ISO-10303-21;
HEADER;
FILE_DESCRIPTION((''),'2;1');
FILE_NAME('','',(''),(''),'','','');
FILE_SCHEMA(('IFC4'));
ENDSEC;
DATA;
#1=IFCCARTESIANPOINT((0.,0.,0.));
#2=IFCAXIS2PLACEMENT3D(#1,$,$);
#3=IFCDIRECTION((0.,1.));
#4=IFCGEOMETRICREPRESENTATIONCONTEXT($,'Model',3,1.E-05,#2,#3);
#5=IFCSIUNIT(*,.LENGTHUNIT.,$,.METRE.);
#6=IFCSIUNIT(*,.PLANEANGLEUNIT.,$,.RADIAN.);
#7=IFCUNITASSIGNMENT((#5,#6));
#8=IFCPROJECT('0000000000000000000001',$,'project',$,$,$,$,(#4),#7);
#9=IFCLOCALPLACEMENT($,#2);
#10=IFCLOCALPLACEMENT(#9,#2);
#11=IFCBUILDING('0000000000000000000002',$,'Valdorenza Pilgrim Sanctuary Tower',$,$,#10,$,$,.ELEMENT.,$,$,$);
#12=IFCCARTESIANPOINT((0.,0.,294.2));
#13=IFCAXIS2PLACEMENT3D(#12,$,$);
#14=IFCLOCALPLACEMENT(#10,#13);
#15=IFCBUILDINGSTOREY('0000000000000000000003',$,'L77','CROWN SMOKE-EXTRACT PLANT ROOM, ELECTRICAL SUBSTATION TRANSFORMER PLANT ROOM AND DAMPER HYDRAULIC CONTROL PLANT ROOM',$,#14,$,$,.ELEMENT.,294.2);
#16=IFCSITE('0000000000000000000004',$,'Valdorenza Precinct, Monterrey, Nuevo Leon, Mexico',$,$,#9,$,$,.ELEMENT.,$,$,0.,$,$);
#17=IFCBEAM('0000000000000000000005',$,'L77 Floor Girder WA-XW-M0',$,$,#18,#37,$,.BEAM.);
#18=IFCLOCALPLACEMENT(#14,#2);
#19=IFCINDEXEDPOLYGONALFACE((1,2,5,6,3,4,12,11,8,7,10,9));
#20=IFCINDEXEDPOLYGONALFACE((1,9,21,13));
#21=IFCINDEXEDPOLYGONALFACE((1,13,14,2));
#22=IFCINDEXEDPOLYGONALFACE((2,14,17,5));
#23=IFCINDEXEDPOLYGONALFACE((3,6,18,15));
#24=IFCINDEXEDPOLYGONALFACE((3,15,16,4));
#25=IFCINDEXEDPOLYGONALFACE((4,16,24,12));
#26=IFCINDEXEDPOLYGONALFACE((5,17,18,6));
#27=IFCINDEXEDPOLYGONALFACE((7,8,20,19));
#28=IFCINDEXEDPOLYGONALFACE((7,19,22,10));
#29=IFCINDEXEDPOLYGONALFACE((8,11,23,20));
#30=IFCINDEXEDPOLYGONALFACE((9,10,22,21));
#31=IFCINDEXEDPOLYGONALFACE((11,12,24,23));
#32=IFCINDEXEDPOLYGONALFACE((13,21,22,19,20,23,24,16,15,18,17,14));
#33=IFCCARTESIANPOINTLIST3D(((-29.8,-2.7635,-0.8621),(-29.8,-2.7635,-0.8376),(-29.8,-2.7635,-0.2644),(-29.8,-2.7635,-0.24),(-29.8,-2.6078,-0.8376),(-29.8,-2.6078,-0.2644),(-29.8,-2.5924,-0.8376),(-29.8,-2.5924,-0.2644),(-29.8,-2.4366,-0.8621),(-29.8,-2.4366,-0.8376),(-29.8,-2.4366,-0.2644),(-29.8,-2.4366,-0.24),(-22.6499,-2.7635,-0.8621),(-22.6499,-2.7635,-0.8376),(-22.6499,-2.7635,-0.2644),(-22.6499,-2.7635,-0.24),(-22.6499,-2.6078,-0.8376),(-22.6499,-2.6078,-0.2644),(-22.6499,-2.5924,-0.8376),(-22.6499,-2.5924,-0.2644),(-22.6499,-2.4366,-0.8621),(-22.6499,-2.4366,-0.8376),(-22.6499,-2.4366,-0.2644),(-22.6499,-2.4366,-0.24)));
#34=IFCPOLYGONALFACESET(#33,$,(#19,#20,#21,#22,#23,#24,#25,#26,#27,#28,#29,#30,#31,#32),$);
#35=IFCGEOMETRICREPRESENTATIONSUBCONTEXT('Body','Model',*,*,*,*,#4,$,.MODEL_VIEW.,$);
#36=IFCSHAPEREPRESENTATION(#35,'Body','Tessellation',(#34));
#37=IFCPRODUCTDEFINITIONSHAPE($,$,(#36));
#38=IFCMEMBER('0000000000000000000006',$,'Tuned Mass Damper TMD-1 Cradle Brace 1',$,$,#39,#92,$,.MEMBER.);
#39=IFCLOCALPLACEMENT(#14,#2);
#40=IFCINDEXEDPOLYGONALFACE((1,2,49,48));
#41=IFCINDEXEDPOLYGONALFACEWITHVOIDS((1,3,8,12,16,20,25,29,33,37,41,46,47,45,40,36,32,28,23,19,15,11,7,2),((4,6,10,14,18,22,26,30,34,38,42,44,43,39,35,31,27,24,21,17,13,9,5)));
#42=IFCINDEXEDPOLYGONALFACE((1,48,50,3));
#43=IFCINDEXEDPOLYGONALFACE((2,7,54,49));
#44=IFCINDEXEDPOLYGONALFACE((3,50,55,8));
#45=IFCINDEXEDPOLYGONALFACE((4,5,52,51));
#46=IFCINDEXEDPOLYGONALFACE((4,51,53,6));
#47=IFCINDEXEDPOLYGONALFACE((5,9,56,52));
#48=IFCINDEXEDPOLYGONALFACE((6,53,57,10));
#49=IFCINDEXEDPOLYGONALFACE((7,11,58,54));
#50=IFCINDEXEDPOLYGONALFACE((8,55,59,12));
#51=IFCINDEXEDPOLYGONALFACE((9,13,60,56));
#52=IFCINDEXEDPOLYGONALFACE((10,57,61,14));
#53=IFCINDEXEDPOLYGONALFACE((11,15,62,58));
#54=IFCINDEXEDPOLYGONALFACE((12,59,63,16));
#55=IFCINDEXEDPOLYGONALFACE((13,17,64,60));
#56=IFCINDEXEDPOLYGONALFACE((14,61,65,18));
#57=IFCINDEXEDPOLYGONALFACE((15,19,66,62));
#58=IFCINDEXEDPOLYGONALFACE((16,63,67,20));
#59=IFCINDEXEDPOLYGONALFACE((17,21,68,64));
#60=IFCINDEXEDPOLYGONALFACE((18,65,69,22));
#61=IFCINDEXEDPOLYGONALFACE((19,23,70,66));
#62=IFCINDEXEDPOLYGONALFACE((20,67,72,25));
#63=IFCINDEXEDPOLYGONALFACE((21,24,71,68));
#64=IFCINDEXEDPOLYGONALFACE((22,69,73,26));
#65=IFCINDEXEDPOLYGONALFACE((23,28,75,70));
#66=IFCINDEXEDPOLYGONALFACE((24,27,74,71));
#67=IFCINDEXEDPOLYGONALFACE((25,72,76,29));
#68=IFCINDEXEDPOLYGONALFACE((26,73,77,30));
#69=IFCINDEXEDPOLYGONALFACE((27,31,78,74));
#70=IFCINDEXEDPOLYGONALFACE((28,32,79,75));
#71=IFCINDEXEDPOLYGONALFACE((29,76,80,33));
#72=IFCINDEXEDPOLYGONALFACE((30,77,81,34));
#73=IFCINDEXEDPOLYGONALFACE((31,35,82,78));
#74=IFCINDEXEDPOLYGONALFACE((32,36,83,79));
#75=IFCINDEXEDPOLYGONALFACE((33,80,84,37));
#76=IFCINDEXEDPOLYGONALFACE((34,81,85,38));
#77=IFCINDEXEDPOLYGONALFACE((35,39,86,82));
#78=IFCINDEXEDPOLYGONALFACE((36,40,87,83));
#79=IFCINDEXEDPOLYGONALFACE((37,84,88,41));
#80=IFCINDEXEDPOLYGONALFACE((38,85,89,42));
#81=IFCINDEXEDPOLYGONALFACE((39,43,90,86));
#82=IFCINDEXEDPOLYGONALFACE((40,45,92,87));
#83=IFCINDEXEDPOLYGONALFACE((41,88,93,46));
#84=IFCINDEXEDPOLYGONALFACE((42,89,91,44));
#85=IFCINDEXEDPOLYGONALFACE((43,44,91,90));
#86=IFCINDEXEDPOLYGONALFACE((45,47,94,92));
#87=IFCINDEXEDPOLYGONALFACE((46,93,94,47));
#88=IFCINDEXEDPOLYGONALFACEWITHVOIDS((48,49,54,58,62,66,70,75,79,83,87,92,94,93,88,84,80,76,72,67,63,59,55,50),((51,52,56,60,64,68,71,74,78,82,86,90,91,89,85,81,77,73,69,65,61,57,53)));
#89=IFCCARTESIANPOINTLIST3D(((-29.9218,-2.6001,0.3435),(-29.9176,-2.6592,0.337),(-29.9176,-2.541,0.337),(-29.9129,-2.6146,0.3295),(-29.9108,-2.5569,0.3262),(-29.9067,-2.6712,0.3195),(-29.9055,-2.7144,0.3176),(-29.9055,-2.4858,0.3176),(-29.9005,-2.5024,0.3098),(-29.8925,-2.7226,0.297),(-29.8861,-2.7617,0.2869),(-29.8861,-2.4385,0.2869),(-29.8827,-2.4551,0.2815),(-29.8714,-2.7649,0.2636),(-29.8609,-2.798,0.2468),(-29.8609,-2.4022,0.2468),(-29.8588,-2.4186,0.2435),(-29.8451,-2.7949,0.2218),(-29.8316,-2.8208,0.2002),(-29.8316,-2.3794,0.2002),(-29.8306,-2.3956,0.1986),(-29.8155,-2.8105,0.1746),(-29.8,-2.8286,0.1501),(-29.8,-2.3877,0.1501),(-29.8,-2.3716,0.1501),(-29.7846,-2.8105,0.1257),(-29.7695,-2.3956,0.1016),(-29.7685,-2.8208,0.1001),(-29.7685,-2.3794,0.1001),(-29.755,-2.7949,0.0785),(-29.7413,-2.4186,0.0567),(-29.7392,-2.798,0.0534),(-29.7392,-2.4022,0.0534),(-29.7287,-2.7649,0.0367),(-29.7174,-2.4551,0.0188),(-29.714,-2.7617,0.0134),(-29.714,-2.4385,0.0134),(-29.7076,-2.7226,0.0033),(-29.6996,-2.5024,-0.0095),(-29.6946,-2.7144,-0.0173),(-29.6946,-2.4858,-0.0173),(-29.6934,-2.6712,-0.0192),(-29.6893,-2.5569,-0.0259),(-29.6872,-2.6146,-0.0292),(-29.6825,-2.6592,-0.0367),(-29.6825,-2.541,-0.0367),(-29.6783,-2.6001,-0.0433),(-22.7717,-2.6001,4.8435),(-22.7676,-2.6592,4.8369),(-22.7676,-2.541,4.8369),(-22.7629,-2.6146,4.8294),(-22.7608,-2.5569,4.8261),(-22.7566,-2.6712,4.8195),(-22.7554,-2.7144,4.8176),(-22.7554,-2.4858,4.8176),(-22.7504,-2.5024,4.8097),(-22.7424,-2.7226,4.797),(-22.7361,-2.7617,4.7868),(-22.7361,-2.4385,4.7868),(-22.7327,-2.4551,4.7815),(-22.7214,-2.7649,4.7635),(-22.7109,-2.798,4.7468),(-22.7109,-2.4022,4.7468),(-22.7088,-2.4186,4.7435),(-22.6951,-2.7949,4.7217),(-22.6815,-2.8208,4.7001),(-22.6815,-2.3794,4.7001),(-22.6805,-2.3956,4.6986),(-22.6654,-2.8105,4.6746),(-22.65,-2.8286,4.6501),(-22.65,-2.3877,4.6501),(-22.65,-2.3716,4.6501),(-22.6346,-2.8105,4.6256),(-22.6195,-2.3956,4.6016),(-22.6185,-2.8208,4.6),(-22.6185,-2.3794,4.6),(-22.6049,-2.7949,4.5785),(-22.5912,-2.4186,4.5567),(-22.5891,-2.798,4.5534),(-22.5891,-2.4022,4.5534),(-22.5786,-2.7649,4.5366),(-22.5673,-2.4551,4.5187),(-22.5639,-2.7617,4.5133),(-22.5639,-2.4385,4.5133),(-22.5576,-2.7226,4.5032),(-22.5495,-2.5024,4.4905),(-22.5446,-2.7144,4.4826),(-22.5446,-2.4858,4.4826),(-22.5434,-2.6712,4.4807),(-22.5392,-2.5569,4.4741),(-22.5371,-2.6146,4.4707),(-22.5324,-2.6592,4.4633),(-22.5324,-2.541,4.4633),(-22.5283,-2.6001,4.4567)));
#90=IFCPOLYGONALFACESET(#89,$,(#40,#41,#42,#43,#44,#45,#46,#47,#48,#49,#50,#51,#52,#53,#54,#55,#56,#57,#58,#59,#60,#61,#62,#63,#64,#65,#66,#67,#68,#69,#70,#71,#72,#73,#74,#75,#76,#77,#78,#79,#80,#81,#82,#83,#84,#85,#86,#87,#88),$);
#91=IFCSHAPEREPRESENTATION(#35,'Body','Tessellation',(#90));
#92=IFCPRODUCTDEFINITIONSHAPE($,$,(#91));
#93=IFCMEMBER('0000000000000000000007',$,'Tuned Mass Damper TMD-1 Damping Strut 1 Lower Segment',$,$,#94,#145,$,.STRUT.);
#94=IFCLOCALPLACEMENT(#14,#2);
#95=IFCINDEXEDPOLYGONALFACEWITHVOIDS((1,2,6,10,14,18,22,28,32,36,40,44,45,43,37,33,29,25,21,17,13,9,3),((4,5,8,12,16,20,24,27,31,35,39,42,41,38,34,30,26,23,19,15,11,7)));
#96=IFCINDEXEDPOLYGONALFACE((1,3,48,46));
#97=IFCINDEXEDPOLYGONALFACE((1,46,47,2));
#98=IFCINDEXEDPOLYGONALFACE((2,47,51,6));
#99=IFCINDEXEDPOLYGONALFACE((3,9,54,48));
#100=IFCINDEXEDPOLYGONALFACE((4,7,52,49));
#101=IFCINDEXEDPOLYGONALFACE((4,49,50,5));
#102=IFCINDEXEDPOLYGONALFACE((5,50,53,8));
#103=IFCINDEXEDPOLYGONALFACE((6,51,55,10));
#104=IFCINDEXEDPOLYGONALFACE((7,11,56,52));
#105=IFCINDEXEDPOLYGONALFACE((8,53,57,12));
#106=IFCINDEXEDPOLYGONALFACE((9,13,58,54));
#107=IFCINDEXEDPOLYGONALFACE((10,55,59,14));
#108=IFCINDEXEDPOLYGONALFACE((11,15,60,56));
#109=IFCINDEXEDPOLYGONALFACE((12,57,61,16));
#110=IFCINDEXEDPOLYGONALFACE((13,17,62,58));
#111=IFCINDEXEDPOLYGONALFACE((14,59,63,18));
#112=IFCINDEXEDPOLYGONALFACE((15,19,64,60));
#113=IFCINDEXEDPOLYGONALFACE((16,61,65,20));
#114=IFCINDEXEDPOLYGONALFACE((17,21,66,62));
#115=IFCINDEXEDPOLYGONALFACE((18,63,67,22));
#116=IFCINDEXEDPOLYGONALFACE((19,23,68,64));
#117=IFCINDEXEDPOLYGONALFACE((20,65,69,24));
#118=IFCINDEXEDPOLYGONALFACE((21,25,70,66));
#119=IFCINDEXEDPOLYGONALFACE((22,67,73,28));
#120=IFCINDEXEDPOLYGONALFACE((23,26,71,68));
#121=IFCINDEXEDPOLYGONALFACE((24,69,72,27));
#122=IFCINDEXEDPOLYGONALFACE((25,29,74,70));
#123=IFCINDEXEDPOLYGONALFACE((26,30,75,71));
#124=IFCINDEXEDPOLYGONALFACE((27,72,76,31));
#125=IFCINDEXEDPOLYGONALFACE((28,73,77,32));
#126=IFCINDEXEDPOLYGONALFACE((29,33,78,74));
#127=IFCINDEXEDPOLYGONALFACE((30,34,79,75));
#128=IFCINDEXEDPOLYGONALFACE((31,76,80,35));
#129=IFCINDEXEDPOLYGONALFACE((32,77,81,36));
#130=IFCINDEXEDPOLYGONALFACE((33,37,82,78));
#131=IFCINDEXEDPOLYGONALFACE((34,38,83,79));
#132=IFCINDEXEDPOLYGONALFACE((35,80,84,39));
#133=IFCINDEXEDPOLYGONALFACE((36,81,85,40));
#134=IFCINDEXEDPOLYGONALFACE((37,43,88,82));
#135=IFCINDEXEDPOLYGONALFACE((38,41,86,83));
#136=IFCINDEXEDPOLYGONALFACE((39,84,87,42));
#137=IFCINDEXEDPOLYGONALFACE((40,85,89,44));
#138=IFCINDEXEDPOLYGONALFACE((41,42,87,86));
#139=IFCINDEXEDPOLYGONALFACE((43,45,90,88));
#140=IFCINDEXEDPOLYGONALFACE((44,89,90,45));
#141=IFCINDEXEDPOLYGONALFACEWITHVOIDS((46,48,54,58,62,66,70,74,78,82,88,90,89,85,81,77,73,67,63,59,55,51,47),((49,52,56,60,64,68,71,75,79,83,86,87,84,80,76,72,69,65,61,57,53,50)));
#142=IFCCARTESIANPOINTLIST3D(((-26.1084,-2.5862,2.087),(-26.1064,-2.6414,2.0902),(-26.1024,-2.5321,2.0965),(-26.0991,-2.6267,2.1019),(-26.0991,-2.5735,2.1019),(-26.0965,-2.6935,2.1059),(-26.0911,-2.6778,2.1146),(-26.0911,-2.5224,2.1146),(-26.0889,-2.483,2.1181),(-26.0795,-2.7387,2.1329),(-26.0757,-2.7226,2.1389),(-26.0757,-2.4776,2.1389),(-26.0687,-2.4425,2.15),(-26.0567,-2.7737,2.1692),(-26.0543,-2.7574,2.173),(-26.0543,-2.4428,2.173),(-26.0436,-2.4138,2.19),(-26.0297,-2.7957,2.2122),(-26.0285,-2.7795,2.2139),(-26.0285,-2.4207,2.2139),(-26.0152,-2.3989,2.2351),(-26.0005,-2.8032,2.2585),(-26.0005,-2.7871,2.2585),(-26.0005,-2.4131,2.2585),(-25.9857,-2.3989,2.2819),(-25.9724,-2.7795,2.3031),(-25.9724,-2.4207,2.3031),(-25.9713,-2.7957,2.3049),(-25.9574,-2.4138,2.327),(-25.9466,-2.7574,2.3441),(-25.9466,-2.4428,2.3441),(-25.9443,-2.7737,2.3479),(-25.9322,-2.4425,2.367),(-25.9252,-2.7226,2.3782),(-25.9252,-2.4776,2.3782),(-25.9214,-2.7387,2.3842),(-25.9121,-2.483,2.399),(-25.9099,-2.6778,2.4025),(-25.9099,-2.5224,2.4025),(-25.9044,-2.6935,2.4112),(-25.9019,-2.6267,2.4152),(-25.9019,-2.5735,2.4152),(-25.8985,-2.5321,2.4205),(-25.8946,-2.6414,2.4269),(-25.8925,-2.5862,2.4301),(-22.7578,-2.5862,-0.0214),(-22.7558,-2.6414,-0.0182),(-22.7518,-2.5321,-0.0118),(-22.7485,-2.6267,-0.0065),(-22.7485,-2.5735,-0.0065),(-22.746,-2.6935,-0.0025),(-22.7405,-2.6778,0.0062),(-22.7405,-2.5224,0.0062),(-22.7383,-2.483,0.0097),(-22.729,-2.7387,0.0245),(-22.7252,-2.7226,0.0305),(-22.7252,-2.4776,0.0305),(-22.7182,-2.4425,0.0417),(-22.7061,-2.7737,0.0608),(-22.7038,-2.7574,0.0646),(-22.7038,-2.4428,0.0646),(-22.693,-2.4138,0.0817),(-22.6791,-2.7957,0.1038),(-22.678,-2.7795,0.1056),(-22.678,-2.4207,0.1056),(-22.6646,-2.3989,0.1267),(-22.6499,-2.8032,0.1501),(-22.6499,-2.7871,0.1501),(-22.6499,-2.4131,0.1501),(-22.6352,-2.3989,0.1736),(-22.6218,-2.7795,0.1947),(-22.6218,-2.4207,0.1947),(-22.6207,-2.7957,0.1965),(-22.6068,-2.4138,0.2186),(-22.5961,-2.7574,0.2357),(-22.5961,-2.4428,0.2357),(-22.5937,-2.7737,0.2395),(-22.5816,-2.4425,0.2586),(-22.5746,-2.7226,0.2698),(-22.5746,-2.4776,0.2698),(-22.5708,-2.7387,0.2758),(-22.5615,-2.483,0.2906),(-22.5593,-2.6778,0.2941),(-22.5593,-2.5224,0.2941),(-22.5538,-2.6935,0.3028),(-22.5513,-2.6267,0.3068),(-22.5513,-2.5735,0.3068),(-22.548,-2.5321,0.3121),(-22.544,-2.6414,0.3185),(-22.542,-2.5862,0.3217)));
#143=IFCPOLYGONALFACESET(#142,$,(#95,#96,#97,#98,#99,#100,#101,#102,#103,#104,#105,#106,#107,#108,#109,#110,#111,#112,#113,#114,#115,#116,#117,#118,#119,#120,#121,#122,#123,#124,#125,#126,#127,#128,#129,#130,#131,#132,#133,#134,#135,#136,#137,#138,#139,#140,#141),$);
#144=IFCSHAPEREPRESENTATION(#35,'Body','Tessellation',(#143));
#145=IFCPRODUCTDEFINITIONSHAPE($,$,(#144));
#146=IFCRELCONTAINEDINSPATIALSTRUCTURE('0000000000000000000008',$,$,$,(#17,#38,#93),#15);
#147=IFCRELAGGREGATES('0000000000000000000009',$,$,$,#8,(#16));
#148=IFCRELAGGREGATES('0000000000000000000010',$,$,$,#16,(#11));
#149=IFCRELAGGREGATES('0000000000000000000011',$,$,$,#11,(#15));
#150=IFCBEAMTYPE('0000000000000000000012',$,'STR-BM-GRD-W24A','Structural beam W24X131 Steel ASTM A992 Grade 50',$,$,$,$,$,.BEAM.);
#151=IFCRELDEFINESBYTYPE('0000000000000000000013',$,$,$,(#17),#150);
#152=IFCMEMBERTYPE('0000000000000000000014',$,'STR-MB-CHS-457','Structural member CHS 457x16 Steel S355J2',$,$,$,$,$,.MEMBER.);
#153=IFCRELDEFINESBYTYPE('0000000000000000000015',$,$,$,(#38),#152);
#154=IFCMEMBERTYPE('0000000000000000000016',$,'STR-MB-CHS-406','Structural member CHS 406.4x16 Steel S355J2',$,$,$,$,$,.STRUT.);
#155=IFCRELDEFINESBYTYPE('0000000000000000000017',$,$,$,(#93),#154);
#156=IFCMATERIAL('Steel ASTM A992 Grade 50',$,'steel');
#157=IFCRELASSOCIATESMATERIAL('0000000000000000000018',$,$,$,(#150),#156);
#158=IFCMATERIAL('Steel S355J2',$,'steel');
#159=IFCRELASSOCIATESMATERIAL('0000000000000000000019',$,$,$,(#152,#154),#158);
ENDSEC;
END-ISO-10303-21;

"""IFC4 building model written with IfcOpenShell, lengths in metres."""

from ifc_helpers import new_model, si_unit, direction, frame, origin, origin_2d, place, context, subcontext, project, spatial, hollow_circle, i_section, extrude, source, transform, mapped, material, material_profile, profile_set, type_object, element, save


model = new_model("IFC4")

# Units and contexts
model_context = context("Model", 3, precision=1e-05, world=origin(), true_north=direction((0.0, 1.0)))
body_context = subcontext(model_context, "Body", "Model", "MODEL_VIEW")
ifc_project = project(units=[si_unit("LENGTHUNIT", "METRE"), si_unit("PLANEANGLEUNIT", "RADIAN")], contexts=[model_context])

# Site, building, storey
site_placement = place(None, origin())
site = spatial("IfcSite", under=ifc_project, at=site_placement, Name="Valdorenza Precinct, Monterrey, Nuevo Leon, Mexico", CompositionType="ELEMENT", RefElevation=0.0)
building_placement = place(site_placement, origin())
building = spatial("IfcBuilding", under=site, at=building_placement, Name="Valdorenza Pilgrim Sanctuary Tower", CompositionType="ELEMENT")
storey_placement = place(building_placement, frame((0.0, 0.0, 294.2)))
storey = spatial("IfcBuildingStorey", under=building, at=storey_placement, Name="L77", Description="CROWN SMOKE-EXTRACT PLANT ROOM, ELECTRICAL SUBSTATION TRANSFORMER PLANT ROOM AND DAMPER HYDRAULIC CONTROL PLANT ROOM", CompositionType="ELEMENT", Elevation=294.2)

# Beam
ifc_material_1 = material(Name="Steel ASTM A992 Grade 50", Category="steel")
ifc_material_profile_1 = material_profile(ifc_material_1, i_section(OverallWidth=0.3269, OverallDepth=0.6221, WebThickness=0.0154, FlangeThickness=0.0244, at=origin_2d()), Name="W24X131")
ifc_profile_set_1 = profile_set([ifc_material_profile_1], Name="Steel ASTM A992 Grade 50")
beam_type_1 = type_object("IfcBeamType", Name="STR-BM-GRD-W24A", Description="Structural beam W24X131 Steel ASTM A992 Grade 50", PredefinedType="BEAM", material=ifc_profile_set_1)
shared_shape_1 = source(origin(), body_context, "Body", "SweptSolid", [
    extrude(i_section(OverallWidth=0.3269, OverallDepth=0.6221, WebThickness=0.0154, FlangeThickness=0.0244, at=origin_2d()), origin(), (0.0, 0.0, 1.0), 7.1501),
])
beam_1_placement = place(storey_placement, frame((-29.8, -2.6001, -0.551), z_axis=(1.0, 0.0, 0.0), x_axis=(0.0, 1.0, 0.0)))
element("IfcBeam", 1, at=beam_1_placement, inside=storey, type_object=beam_type_1, Name="L77 Floor Girder WA-XW-M0", PredefinedType="BEAM", context=body_context, shape_type="MappedRepresentation", body=[
    mapped(shared_shape_1, transform((0.0, 0.0, 0.0), x_axis=(1.0, 0.0, 0.0), y_axis=(0.0, 1.0, 0.0), z_axis=(0.0, 0.0, 1.0), scale=1.0)),
])

# Members
ifc_material_2 = material(Name="Steel S355J2", Category="steel")
ifc_material_profile_2 = material_profile(ifc_material_2, hollow_circle(Radius=0.2285, WallThickness=0.0161, at=origin_2d()), Name="CHS 457x16")
ifc_profile_set_2 = profile_set([ifc_material_profile_2], Name="Steel S355J2")
member_type_1 = type_object("IfcMemberType", Name="STR-MB-CHS-457", Description="Structural member CHS 457x16 Steel S355J2", PredefinedType="MEMBER", material=ifc_profile_set_2)
shared_shape_2 = source(origin(), body_context, "Body", "SweptSolid", [
    extrude(hollow_circle(Radius=0.2285, WallThickness=0.0161, at=origin_2d()), origin(), (0.0, 0.0, 1.0), 8.4482),
])
member_1_placement = place(storey_placement, frame((-29.8, -2.6001, 0.1501), z_axis=(0.846337, 0.0, 0.532648), x_axis=(0.0, 1.0, 0.0)))
element("IfcMember", 2, at=member_1_placement, inside=storey, type_object=member_type_1, Name="Tuned Mass Damper TMD-1 Cradle Brace 1", PredefinedType="MEMBER", context=body_context, shape_type="MappedRepresentation", body=[
    mapped(shared_shape_2, transform((0.0, 0.0, 0.0), x_axis=(1.0, 0.0, 0.0), y_axis=(0.0, 1.0, 0.0), z_axis=(0.0, 0.0, 1.0), scale=1.0)),
])
ifc_material_profile_3 = material_profile(ifc_material_2, hollow_circle(Radius=0.2031, WallThickness=0.0161, at=origin_2d()), Name="CHS 406.4x16")
ifc_profile_set_3 = profile_set([ifc_material_profile_3], Name="Steel S355J2")
member_type_2 = type_object("IfcMemberType", Name="STR-MB-CHS-406", Description="Structural member CHS 406.4x16 Steel S355J2", PredefinedType="STRUT", material=ifc_profile_set_3)
shared_shape_3 = source(origin(), body_context, "Body", "SweptSolid", [
    extrude(hollow_circle(Radius=0.2031, WallThickness=0.0161, at=origin_2d()), origin(), (0.0, 0.0, 1.0), 3.9587),
])
for number, where, z_axis, x_axis, name in (
    (3, (-22.6499, -2.6001, 0.1501), (-0.846373, 0.0, 0.532591), (0.0, -1.0, 0.0), "Tuned Mass Damper TMD-1 Damping Strut 1 Lower Segment"),
):
    element("IfcMember", number, at=place(storey_placement, frame(where, z_axis=z_axis, x_axis=x_axis)), inside=storey, type_object=member_type_2, Name=name, PredefinedType="STRUT", context=body_context, shape_type="MappedRepresentation", body=[
        mapped(shared_shape_3, transform((0.0, 0.0, 0.0), x_axis=(1.0, 0.0, 0.0), y_axis=(0.0, 1.0, 0.0), z_axis=(0.0, 0.0, 1.0), scale=1.0)),
    ])

save(model, "model.ifc")
